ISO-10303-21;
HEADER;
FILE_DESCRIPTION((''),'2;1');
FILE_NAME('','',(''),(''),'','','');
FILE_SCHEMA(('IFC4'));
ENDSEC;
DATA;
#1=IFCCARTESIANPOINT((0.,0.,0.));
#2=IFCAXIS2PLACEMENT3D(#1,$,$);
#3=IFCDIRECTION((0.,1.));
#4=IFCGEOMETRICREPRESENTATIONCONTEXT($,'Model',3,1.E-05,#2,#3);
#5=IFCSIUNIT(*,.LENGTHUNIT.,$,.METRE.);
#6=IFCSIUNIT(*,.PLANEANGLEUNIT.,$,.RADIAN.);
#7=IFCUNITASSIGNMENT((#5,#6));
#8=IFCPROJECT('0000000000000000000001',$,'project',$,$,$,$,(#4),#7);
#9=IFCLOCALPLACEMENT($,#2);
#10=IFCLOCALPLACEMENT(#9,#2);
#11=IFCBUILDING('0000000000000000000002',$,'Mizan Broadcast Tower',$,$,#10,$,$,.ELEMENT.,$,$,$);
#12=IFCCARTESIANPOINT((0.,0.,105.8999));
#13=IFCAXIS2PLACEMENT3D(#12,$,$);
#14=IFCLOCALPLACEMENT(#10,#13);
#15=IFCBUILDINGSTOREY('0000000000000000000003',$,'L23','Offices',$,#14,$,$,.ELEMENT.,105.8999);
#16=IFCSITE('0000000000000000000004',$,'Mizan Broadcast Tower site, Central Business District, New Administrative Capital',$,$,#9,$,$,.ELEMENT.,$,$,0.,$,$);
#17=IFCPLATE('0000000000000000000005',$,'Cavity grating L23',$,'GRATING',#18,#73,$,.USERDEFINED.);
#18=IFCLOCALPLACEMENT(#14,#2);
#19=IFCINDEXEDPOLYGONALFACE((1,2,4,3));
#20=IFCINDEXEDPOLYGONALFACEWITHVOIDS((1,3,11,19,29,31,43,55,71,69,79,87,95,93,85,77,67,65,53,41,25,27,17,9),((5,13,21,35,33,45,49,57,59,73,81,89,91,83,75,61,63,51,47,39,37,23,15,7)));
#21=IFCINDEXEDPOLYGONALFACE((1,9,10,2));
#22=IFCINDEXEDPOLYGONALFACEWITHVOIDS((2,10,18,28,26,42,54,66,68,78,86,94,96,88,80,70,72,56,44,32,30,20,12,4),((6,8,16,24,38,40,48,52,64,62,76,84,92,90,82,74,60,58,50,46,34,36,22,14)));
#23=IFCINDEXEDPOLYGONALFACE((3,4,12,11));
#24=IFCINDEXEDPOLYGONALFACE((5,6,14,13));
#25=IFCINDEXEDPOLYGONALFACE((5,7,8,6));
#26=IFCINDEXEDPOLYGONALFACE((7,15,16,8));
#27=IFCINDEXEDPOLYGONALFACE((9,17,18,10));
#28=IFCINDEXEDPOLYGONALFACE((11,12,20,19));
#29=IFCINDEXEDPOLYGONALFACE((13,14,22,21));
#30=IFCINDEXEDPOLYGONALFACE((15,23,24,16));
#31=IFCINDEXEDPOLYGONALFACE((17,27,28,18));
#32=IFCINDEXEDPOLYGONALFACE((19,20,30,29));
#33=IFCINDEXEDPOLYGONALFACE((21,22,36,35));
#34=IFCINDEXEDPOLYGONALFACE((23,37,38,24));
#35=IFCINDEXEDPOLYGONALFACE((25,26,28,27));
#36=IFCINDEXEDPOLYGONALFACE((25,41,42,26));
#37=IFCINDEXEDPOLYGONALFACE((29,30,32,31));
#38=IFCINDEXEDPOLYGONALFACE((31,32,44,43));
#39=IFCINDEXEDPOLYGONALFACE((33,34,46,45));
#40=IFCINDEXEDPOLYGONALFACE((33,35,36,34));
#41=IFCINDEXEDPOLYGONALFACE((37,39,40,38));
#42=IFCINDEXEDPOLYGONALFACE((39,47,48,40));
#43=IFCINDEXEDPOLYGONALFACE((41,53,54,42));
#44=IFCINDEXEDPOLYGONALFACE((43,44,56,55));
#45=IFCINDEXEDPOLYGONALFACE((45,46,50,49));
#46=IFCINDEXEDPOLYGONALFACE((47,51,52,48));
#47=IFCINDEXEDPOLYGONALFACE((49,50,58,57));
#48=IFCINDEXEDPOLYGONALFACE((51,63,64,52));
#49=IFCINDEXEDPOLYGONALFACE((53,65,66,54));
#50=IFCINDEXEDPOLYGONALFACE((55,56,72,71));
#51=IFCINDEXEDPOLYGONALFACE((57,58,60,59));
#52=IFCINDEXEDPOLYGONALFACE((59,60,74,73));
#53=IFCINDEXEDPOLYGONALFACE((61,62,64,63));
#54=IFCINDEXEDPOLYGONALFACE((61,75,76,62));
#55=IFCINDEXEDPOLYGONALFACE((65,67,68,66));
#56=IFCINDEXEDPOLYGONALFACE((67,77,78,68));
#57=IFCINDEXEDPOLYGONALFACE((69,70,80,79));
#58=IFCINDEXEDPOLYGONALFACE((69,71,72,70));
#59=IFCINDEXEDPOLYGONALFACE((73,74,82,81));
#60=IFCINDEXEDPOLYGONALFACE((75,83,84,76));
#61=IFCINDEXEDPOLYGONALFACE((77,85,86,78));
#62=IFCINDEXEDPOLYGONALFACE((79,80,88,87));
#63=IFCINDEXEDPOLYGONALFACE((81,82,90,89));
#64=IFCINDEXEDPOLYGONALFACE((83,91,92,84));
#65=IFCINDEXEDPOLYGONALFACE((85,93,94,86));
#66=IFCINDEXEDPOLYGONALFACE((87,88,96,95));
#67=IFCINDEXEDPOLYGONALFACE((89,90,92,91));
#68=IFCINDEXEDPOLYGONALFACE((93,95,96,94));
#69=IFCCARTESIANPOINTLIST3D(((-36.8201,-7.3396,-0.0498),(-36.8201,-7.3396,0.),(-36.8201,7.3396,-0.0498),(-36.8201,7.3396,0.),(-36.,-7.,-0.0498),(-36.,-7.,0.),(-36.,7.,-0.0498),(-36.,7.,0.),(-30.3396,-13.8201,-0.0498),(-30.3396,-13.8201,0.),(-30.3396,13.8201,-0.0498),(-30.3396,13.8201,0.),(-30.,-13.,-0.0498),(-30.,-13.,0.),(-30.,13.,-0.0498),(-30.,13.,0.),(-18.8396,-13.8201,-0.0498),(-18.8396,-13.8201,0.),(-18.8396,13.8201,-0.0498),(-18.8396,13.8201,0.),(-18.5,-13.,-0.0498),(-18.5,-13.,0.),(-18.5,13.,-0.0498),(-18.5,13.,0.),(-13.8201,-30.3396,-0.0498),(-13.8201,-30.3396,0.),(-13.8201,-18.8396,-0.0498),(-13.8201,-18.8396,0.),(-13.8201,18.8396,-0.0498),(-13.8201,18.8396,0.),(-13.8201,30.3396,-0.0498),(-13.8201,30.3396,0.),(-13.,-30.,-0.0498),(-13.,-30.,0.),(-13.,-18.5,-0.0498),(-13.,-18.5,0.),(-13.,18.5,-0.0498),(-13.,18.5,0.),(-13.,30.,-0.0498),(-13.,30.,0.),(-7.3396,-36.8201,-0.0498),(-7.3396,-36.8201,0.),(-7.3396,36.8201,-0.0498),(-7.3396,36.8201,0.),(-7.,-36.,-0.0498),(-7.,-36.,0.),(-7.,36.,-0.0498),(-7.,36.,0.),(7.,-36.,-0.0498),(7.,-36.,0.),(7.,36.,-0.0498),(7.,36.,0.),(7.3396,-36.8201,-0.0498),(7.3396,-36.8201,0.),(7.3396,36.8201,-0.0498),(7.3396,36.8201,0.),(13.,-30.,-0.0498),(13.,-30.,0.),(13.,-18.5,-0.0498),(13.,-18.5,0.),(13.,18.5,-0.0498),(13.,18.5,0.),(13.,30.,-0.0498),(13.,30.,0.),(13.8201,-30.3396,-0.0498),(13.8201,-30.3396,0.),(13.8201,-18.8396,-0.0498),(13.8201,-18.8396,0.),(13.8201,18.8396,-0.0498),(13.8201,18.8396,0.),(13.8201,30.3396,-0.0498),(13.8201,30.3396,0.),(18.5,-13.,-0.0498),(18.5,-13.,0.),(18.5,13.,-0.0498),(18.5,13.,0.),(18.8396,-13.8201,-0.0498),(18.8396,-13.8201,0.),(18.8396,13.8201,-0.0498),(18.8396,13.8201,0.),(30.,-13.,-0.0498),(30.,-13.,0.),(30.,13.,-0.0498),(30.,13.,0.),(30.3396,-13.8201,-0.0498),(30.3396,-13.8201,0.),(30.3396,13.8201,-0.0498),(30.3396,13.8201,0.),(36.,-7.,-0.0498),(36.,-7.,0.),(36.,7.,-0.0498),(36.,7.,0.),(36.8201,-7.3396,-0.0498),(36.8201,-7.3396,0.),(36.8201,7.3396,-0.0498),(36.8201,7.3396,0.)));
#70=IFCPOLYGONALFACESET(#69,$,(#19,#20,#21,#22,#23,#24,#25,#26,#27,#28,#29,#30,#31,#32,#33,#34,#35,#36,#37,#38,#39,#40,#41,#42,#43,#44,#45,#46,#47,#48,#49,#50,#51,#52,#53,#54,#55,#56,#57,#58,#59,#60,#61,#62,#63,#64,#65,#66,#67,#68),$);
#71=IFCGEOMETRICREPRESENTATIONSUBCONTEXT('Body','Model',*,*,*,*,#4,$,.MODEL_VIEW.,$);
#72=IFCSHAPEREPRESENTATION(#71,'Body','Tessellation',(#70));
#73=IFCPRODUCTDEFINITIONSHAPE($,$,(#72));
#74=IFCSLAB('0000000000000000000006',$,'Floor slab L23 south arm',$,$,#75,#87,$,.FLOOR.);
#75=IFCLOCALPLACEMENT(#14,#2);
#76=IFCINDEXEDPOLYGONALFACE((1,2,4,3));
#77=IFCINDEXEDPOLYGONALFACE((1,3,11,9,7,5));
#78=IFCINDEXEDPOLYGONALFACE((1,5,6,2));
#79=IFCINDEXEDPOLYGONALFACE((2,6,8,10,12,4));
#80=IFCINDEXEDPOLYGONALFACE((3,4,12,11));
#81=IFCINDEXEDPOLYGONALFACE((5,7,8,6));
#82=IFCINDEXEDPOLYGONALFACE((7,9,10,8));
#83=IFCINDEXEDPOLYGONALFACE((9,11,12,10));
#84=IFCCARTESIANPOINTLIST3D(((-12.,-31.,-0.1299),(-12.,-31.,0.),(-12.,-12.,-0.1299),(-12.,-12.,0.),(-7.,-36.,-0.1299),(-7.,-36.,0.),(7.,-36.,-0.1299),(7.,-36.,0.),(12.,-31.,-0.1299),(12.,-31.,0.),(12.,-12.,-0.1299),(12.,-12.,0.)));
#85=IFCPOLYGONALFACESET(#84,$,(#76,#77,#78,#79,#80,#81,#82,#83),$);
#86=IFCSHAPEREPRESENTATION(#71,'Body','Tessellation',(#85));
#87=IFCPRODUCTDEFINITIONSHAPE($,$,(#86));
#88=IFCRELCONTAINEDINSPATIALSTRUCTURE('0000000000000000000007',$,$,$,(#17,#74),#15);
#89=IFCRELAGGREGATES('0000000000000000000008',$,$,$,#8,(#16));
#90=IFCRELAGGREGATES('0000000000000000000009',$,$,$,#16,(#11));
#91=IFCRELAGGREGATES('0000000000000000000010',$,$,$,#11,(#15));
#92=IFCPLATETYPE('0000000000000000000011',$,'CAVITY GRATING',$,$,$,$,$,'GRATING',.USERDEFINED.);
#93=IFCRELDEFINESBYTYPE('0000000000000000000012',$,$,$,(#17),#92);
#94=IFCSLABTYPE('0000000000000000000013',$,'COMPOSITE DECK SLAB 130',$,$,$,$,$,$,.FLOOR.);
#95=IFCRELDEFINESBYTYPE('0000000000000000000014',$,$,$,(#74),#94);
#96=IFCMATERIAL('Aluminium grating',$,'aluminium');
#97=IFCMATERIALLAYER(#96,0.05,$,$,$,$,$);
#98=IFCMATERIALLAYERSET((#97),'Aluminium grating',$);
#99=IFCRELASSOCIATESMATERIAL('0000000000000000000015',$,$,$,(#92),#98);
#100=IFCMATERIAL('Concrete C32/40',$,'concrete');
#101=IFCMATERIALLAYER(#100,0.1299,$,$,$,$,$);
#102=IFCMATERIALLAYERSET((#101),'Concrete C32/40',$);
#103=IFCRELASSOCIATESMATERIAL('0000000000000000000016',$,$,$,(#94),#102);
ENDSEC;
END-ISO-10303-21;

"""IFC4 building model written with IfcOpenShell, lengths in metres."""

from ifc_helpers import new_model, si_unit, direction, frame, origin, place, context, subcontext, project, spatial, polyline, outline, extrude, material, layer, layer_set, type_object, element, save


model = new_model("IFC4")

# Units and contexts
model_context = context("Model", 3, precision=1e-05, world=origin(), true_north=direction((0.0, 1.0)))
body_context = subcontext(model_context, "Body", "Model", "MODEL_VIEW")
ifc_project = project(units=[si_unit("LENGTHUNIT", "METRE"), si_unit("PLANEANGLEUNIT", "RADIAN")], contexts=[model_context])

# Site, building, storey
site_placement = place(None, origin())
site = spatial("IfcSite", under=ifc_project, at=site_placement, Name="Mizan Broadcast Tower site, Central Business District, New Administrative Capital", CompositionType="ELEMENT", RefElevation=0.0)
building_placement = place(site_placement, origin())
building = spatial("IfcBuilding", under=site, at=building_placement, Name="Mizan Broadcast Tower", CompositionType="ELEMENT")
storey_placement = place(building_placement, frame((0.0, 0.0, 105.8999)))
storey = spatial("IfcBuildingStorey", under=building, at=storey_placement, Name="L23", Description="Offices", CompositionType="ELEMENT", Elevation=105.8999)

# Plate
ifc_material_1 = material(Name="Aluminium grating", Category="aluminium")
ifc_layer_1 = layer(ifc_material_1, 0.05)
ifc_layer_set_1 = layer_set([ifc_layer_1], Name="Aluminium grating")
plate_type = type_object("IfcPlateType", Name="CAVITY GRATING", ElementType="GRATING", PredefinedType="USERDEFINED", material=ifc_layer_set_1)
plate_placement = place(storey_placement, frame((0.0, 0.0, -0.0498)))
element("IfcPlate", 1, at=plate_placement, inside=storey, type_object=plate_type, Name="Cavity grating L23", ObjectType="GRATING", PredefinedType="USERDEFINED", context=body_context, shape_type="SweptSolid", body=[
    extrude(outline(polyline([(13.8201, -18.8396), (18.8396, -13.8201), (30.3396, -13.8201), (36.8201, -7.3396), (36.8201, 7.3396), (30.3396, 13.8201), (18.8396, 13.8201), (13.8201, 18.8396), (13.8201, 30.3396), (7.3396, 36.8201), (-7.3396, 36.8201), (-13.8201, 30.3396), (-13.8201, 18.8396), (-18.8396, 13.8201), (-30.3396, 13.8201), (-36.8201, 7.3396), (-36.8201, -7.3396), (-30.3396, -13.8201), (-18.8396, -13.8201), (-13.8201, -18.8396), (-13.8201, -30.3396), (-7.3396, -36.8201), (7.3396, -36.8201), (13.8201, -30.3396), (13.8201, -18.8396)]), holes=[polyline([(36.0, 7.0), (36.0, -7.0), (30.0, -13.0), (18.5, -13.0), (13.0, -18.5), (13.0, -30.0), (7.0, -36.0), (-7.0, -36.0), (-13.0, -30.0), (-13.0, -18.5), (-18.5, -13.0), (-30.0, -13.0), (-36.0, -7.0), (-36.0, 7.0), (-30.0, 13.0), (-18.5, 13.0), (-13.0, 18.5), (-13.0, 30.0), (-7.0, 36.0), (7.0, 36.0), (13.0, 30.0), (13.0, 18.5), (18.5, 13.0), (30.0, 13.0), (36.0, 7.0)])]), origin(), (0.0, 0.0, 1.0), 0.0498),
])

# Slab
ifc_material_2 = material(Name="Concrete C32/40", Category="concrete")
ifc_layer_2 = layer(ifc_material_2, 0.1299)
ifc_layer_set_2 = layer_set([ifc_layer_2], Name="Concrete C32/40")
slab_type_1 = type_object("IfcSlabType", Name="COMPOSITE DECK SLAB 130", PredefinedType="FLOOR", material=ifc_layer_set_2)
slab_1_placement = place(storey_placement, frame((0.0, 0.0, -0.1299)))
element("IfcSlab", 2, at=slab_1_placement, inside=storey, type_object=slab_type_1, Name="Floor slab L23 south arm", PredefinedType="FLOOR", context=body_context, shape_type="SweptSolid", body=[
    extrude(outline(polyline([(7.0, -36.0), (12.0, -31.0), (12.0, -12.0), (-12.0, -12.0), (-12.0, -31.0), (-7.0, -36.0), (7.0, -36.0)])), origin(), (0.0, 0.0, 1.0), 0.1299),
])

save(model, "model.ifc")
